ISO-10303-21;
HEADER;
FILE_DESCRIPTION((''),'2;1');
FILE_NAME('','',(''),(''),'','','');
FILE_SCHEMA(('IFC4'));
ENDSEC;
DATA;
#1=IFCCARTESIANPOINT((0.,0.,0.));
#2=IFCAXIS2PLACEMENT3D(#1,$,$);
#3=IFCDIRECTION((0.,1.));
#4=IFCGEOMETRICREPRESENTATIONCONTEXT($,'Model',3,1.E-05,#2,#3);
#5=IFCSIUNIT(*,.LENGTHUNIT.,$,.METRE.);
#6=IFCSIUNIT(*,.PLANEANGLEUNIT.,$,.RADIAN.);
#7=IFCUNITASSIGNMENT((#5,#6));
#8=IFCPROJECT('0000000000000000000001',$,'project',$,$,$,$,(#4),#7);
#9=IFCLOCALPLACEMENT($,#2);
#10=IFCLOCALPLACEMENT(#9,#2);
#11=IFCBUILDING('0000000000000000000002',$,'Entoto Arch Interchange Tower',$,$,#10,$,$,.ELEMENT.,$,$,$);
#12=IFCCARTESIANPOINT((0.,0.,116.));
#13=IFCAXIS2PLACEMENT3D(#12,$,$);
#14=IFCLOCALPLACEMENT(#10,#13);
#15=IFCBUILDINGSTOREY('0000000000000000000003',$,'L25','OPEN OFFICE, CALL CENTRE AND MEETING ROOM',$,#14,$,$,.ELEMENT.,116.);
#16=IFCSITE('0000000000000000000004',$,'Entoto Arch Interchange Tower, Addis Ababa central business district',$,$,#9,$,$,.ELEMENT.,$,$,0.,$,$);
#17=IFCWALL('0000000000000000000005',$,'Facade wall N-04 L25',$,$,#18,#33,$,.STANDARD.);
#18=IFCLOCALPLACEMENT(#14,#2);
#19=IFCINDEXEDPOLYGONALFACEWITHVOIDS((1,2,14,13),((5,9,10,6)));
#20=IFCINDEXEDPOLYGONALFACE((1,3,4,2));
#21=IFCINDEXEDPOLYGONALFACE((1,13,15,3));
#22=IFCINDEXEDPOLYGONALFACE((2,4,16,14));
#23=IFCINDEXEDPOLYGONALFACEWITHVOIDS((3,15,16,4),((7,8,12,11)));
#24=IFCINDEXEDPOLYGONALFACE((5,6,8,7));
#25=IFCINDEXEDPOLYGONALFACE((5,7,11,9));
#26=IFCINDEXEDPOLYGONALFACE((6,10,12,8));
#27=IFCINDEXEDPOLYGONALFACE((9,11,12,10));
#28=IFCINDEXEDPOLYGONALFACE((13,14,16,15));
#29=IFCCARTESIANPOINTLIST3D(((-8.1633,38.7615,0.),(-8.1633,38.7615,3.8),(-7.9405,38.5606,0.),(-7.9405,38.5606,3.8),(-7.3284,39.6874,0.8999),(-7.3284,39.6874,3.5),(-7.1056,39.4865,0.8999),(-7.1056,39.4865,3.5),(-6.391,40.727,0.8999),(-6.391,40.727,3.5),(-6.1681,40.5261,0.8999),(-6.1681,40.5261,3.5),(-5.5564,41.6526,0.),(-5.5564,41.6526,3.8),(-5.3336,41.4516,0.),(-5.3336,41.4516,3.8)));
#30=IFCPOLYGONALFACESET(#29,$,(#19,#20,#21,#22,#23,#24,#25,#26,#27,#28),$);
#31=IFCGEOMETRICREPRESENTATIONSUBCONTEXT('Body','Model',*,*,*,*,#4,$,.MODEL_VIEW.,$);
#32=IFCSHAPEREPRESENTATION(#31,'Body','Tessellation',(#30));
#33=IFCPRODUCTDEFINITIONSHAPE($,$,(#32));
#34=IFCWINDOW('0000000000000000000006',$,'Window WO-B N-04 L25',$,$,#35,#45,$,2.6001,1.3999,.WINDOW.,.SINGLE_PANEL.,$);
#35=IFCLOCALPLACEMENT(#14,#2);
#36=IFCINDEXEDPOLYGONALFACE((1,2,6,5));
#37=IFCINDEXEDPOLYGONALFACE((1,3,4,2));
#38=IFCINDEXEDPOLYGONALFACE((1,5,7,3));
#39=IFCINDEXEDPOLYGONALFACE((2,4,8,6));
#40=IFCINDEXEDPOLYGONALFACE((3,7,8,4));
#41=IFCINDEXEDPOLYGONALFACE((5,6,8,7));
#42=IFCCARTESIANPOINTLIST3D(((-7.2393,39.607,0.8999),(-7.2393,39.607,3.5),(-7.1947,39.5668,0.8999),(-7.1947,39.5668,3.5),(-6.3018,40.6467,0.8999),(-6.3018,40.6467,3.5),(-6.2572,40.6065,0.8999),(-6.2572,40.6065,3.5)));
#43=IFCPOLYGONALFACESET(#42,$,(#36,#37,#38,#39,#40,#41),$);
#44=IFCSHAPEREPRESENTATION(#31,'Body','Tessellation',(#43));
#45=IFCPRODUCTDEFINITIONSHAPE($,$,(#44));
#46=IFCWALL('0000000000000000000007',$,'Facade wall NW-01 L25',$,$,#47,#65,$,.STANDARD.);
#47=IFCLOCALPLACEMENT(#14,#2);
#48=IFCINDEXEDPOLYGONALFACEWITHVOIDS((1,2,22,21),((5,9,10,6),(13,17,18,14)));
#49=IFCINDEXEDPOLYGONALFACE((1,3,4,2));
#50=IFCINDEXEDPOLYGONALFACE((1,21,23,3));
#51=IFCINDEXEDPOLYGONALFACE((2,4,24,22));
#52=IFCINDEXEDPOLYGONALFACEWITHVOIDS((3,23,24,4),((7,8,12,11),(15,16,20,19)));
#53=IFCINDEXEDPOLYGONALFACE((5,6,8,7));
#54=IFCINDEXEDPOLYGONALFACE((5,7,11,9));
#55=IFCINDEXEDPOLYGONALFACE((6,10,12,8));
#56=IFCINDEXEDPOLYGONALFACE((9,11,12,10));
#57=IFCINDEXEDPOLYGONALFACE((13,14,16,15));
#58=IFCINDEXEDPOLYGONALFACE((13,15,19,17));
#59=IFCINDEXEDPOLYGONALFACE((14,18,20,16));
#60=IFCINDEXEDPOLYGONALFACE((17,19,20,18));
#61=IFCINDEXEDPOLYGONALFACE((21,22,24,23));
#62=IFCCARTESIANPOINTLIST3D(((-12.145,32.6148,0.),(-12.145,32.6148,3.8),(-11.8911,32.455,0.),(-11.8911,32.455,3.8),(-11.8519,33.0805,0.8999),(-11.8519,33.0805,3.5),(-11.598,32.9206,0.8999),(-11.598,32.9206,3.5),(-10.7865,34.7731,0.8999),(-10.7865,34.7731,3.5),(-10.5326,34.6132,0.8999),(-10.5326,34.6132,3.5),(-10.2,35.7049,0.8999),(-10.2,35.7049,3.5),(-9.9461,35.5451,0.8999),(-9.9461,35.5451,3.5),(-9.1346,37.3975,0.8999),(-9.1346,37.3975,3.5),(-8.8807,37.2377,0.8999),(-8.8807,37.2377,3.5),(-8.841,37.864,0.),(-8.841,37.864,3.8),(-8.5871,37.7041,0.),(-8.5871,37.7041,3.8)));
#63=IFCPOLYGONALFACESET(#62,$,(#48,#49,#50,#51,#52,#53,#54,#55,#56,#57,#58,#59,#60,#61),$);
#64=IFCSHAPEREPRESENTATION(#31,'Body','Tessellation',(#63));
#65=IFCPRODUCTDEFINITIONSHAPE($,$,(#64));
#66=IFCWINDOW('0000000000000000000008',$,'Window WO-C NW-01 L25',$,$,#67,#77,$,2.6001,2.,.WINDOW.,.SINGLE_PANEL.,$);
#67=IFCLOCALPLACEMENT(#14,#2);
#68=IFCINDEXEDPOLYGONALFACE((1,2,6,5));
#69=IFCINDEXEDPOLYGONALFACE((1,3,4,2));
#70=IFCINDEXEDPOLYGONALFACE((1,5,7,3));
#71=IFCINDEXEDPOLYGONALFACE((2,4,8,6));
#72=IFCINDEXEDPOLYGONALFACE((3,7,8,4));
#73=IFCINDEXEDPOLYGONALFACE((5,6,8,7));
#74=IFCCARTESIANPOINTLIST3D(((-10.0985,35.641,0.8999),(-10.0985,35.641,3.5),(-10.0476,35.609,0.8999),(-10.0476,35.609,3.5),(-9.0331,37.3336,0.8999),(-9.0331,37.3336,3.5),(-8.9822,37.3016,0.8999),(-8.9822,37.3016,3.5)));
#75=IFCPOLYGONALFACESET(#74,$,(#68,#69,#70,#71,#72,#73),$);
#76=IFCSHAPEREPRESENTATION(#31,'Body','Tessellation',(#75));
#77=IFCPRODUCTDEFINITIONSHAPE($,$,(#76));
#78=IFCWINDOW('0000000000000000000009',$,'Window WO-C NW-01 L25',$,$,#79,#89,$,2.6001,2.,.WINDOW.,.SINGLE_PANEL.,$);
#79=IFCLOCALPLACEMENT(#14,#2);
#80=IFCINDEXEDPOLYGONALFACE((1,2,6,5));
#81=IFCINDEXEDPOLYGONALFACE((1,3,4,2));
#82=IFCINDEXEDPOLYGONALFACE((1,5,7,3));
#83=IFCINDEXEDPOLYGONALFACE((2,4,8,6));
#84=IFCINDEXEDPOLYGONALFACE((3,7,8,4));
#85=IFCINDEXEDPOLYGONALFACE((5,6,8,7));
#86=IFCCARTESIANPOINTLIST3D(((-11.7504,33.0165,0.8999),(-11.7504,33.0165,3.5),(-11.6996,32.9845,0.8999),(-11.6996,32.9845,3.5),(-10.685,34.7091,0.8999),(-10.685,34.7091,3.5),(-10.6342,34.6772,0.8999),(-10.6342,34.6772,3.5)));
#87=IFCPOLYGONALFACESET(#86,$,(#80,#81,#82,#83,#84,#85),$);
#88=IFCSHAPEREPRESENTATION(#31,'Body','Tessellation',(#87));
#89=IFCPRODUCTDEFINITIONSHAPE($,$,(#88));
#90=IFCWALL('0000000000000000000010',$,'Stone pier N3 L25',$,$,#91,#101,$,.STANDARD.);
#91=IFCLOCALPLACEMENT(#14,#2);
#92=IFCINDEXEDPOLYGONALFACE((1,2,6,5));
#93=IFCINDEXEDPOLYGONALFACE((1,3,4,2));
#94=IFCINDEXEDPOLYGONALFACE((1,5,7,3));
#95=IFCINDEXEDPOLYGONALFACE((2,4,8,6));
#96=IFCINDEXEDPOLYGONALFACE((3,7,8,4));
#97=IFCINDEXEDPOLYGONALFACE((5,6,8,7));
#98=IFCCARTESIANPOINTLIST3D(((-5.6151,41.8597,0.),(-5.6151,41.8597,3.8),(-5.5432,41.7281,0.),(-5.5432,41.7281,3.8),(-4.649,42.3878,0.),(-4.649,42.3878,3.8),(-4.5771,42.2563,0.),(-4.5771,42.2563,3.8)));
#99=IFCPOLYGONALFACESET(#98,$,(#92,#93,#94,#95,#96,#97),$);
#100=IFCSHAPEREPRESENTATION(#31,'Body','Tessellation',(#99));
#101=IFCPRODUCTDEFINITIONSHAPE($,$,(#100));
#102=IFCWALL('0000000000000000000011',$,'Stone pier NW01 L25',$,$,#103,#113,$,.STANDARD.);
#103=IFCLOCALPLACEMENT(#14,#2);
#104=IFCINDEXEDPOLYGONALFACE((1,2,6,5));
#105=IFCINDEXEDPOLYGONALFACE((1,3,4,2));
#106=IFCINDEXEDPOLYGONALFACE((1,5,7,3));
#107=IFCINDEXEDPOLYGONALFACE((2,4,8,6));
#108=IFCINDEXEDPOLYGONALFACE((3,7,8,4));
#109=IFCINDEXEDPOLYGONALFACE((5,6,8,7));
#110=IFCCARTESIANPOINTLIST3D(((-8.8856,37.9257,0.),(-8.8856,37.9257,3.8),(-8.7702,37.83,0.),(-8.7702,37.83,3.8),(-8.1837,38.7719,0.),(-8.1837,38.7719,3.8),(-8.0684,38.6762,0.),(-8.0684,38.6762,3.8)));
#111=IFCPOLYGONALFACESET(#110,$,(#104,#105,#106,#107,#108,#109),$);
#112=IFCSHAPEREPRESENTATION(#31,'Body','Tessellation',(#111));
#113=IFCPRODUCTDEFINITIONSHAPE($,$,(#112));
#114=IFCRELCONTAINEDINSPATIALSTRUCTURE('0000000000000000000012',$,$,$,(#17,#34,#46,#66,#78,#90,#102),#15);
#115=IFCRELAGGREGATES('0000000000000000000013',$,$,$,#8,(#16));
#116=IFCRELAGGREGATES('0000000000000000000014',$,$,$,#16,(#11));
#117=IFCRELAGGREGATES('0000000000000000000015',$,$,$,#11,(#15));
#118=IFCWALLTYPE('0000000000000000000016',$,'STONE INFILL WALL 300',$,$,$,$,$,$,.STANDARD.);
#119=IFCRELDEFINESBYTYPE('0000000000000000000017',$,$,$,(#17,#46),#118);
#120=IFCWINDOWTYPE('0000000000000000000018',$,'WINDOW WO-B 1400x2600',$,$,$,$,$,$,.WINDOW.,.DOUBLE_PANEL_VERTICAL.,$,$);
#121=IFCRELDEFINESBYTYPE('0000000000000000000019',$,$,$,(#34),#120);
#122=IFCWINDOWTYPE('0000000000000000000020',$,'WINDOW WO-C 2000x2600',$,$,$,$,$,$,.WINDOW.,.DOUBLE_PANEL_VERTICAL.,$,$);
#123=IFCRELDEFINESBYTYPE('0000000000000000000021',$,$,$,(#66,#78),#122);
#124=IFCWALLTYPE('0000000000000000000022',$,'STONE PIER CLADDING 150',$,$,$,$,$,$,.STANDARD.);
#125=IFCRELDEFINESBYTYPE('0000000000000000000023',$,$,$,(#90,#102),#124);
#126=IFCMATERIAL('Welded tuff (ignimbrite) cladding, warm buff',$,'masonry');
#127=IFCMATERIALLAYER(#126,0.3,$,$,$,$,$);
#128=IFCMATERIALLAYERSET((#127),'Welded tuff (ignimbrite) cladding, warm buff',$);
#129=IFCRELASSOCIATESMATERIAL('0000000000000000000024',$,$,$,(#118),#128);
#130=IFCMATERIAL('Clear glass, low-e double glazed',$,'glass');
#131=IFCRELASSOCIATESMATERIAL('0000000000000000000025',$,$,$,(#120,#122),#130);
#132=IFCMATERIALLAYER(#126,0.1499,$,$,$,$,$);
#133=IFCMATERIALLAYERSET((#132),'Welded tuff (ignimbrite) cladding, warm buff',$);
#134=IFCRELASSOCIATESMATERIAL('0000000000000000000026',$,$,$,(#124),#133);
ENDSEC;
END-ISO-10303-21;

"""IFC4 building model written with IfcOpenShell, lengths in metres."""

from ifc_helpers import new_model, si_unit, direction, frame, frame_2d, origin, place, context, subcontext, project, spatial, rectangle, extrude, material, layer, layer_set, type_object, element, fill, save


model = new_model("IFC4")

# Units and contexts
model_context = context("Model", 3, precision=1e-05, world=origin(), true_north=direction((0.0, 1.0)))
body_context = subcontext(model_context, "Body", "Model", "MODEL_VIEW")
ifc_project = project(units=[si_unit("LENGTHUNIT", "METRE"), si_unit("PLANEANGLEUNIT", "RADIAN")], contexts=[model_context])

# Site, building, storey
site_placement = place(None, origin())
site = spatial("IfcSite", under=ifc_project, at=site_placement, Name="Entoto Arch Interchange Tower, Addis Ababa central business district", CompositionType="ELEMENT", RefElevation=0.0)
building_placement = place(site_placement, origin())
building = spatial("IfcBuilding", under=site, at=building_placement, Name="Entoto Arch Interchange Tower", CompositionType="ELEMENT")
storey_placement = place(building_placement, frame((0.0, 0.0, 116.0)))
storey = spatial("IfcBuildingStorey", under=building, at=storey_placement, Name="L25", Description="OPEN OFFICE, CALL CENTRE AND MEETING ROOM", CompositionType="ELEMENT", Elevation=116.0)

# Wall, opening, window
ifc_material_1 = material(Name="Welded tuff (ignimbrite) cladding, warm buff", Category="masonry")
ifc_layer_1 = layer(ifc_material_1, 0.3)
ifc_layer_set_1 = layer_set([ifc_layer_1], Name="Welded tuff (ignimbrite) cladding, warm buff")
wall_type_1 = type_object("IfcWallType", Name="STONE INFILL WALL 300", PredefinedType="STANDARD", material=ifc_layer_set_1)
ifc_material_2 = material(Name="Clear glass, low-e double glazed", Category="glass")
window_type_1 = type_object("IfcWindowType", Name="WINDOW WO-B 1400x2600", PartitioningType="DOUBLE_PANEL_VERTICAL", PredefinedType="WINDOW", material=ifc_material_2)
wall_1_placement = place(storey_placement, frame((-5.4451, 41.552, 0.0), z_axis=(0.0, 0.0, 1.0), x_axis=(-0.669664, -0.742664, 0.0)))
wall_1 = element("IfcWall", 1, at=wall_1_placement, inside=storey, type_object=wall_type_1, Name="Facade wall N-04 L25", PredefinedType="STANDARD", context=body_context, shape_type="SweptSolid", body=[
    extrude(rectangle(XDim=3.8928, YDim=0.3, at=frame_2d((1.9463, 0.0))), origin(), (0.0, 0.0, 1.0), 3.8),
])
opening_1_placement = place(wall_1_placement, frame((1.2461, 0.0, 0.8999)))
opening_1 = element("IfcOpeningElement", 2, at=opening_1_placement, cuts=wall_1, PredefinedType="OPENING", context=body_context, shape_type="SweptSolid", body=[
    extrude(rectangle(XDim=1.3999, YDim=2.6001, at=frame_2d((0.7, 1.3))), frame((0.0, 0.1602, 0.0), z_axis=(0.0, -1.0, 0.0), x_axis=(1.0, 0.0, 0.0)), (0.0, 0.0, 1.0), 0.3201),
])
window_1_placement = place(opening_1_placement, origin())
window_1 = element("IfcWindow", 3, at=window_1_placement, inside=storey, type_object=window_type_1, Name="Window WO-B N-04 L25", OverallHeight=2.6001, OverallWidth=1.3999, PartitioningType="SINGLE_PANEL", PredefinedType="WINDOW", context=body_context, shape_type="SweptSolid", body=[
    extrude(rectangle(XDim=1.3999, YDim=2.6001, at=frame_2d((0.7, 1.3))), frame((0.0, 0.03, 0.0), z_axis=(0.0, -1.0, 0.0), x_axis=(1.0, 0.0, 0.0)), (0.0, 0.0, 1.0), 0.0601),
])
fill(opening_1, window_1)

# Wall, openings, windows
wall_2_placement = place(storey_placement, frame((-8.7141, 37.7839, 0.0), z_axis=(0.0, 0.0, 1.0), x_axis=(-0.532699, -0.846304, 0.0)))
wall_2 = element("IfcWall", 4, at=wall_2_placement, inside=storey, type_object=wall_type_1, Name="Facade wall NW-01 L25", PredefinedType="STANDARD", context=body_context, shape_type="SweptSolid", body=[
    extrude(rectangle(XDim=6.2024, YDim=0.3, at=frame_2d((3.1011, 0.0))), origin(), (0.0, 0.0, 1.0), 3.8),
])
opening_2_placement = place(wall_2_placement, frame((0.551, 0.0, 0.8999)))
opening_2 = element("IfcOpeningElement", 5, at=opening_2_placement, cuts=wall_2, PredefinedType="OPENING", context=body_context, shape_type="SweptSolid", body=[
    extrude(rectangle(XDim=2.0, YDim=2.6001, at=frame_2d((1.0, 1.3))), frame((0.0, 0.1602, 0.0), z_axis=(0.0, -1.0, 0.0), x_axis=(1.0, 0.0, 0.0)), (0.0, 0.0, 1.0), 0.3201),
])
opening_3_placement = place(wall_2_placement, frame((3.6521, 0.0, 0.8999)))
opening_3 = element("IfcOpeningElement", 6, at=opening_3_placement, cuts=wall_2, PredefinedType="OPENING", context=body_context, shape_type="SweptSolid", body=[
    extrude(rectangle(XDim=2.0, YDim=2.6001, at=frame_2d((1.0, 1.3))), frame((0.0, 0.1602, 0.0), z_axis=(0.0, -1.0, 0.0), x_axis=(1.0, 0.0, 0.0)), (0.0, 0.0, 1.0), 0.3201),
])
window_type_2 = type_object("IfcWindowType", Name="WINDOW WO-C 2000x2600", PartitioningType="DOUBLE_PANEL_VERTICAL", PredefinedType="WINDOW", material=ifc_material_2)
window_2_placement = place(opening_2_placement, origin())
window_2 = element("IfcWindow", 7, at=window_2_placement, inside=storey, type_object=window_type_2, Name="Window WO-C NW-01 L25", OverallHeight=2.6001, OverallWidth=2.0, PartitioningType="SINGLE_PANEL", PredefinedType="WINDOW", context=body_context, shape_type="SweptSolid", body=[
    extrude(rectangle(XDim=2.0, YDim=2.6001, at=frame_2d((1.0, 1.3))), frame((0.0, 0.03, 0.0), z_axis=(0.0, -1.0, 0.0), x_axis=(1.0, 0.0, 0.0)), (0.0, 0.0, 1.0), 0.0601),
])
fill(opening_2, window_2)
window_3_placement = place(opening_3_placement, origin())
window_3 = element("IfcWindow", 8, at=window_3_placement, inside=storey, type_object=window_type_2, Name="Window WO-C NW-01 L25", OverallHeight=2.6001, OverallWidth=2.0, PartitioningType="SINGLE_PANEL", PredefinedType="WINDOW", context=body_context, shape_type="SweptSolid", body=[
    extrude(rectangle(XDim=2.0, YDim=2.6001, at=frame_2d((1.0, 1.3))), frame((0.0, 0.03, 0.0), z_axis=(0.0, -1.0, 0.0), x_axis=(1.0, 0.0, 0.0)), (0.0, 0.0, 1.0), 0.0601),
])
fill(opening_3, window_3)

# Walls
ifc_layer_2 = layer(ifc_material_1, 0.1499)
ifc_layer_set_2 = layer_set([ifc_layer_2], Name="Welded tuff (ignimbrite) cladding, warm buff")
wall_type_2 = type_object("IfcWallType", Name="STONE PIER CLADDING 150", PredefinedType="STANDARD", material=ifc_layer_set_2)
wall_3_placement = place(storey_placement, frame((-4.613, 42.322, 0.0), z_axis=(0.0, 0.0, 1.0), x_axis=(-0.877463, -0.479644, 0.0)))
element("IfcWall", 9, at=wall_3_placement, inside=storey, type_object=wall_type_2, Name="Stone pier N3 L25", PredefinedType="STANDARD", context=body_context, shape_type="SweptSolid", body=[
    extrude(rectangle(XDim=1.1011, YDim=0.1499, at=frame_2d((0.5505, 0.0))), origin(), (0.0, 0.0, 1.0), 3.8),
])
wall_4_placement = place(storey_placement, frame((-8.126, 38.7241, 0.0), z_axis=(0.0, 0.0, 1.0), x_axis=(-0.638435, -0.769675, 0.0)))
element("IfcWall", 10, at=wall_4_placement, inside=storey, type_object=wall_type_2, Name="Stone pier NW01 L25", PredefinedType="STANDARD", context=body_context, shape_type="SweptSolid", body=[
    extrude(rectangle(XDim=1.0994, YDim=0.1499, at=frame_2d((0.5498, 0.0))), origin(), (0.0, 0.0, 1.0), 3.8),
])

save(model, "model.ifc")
